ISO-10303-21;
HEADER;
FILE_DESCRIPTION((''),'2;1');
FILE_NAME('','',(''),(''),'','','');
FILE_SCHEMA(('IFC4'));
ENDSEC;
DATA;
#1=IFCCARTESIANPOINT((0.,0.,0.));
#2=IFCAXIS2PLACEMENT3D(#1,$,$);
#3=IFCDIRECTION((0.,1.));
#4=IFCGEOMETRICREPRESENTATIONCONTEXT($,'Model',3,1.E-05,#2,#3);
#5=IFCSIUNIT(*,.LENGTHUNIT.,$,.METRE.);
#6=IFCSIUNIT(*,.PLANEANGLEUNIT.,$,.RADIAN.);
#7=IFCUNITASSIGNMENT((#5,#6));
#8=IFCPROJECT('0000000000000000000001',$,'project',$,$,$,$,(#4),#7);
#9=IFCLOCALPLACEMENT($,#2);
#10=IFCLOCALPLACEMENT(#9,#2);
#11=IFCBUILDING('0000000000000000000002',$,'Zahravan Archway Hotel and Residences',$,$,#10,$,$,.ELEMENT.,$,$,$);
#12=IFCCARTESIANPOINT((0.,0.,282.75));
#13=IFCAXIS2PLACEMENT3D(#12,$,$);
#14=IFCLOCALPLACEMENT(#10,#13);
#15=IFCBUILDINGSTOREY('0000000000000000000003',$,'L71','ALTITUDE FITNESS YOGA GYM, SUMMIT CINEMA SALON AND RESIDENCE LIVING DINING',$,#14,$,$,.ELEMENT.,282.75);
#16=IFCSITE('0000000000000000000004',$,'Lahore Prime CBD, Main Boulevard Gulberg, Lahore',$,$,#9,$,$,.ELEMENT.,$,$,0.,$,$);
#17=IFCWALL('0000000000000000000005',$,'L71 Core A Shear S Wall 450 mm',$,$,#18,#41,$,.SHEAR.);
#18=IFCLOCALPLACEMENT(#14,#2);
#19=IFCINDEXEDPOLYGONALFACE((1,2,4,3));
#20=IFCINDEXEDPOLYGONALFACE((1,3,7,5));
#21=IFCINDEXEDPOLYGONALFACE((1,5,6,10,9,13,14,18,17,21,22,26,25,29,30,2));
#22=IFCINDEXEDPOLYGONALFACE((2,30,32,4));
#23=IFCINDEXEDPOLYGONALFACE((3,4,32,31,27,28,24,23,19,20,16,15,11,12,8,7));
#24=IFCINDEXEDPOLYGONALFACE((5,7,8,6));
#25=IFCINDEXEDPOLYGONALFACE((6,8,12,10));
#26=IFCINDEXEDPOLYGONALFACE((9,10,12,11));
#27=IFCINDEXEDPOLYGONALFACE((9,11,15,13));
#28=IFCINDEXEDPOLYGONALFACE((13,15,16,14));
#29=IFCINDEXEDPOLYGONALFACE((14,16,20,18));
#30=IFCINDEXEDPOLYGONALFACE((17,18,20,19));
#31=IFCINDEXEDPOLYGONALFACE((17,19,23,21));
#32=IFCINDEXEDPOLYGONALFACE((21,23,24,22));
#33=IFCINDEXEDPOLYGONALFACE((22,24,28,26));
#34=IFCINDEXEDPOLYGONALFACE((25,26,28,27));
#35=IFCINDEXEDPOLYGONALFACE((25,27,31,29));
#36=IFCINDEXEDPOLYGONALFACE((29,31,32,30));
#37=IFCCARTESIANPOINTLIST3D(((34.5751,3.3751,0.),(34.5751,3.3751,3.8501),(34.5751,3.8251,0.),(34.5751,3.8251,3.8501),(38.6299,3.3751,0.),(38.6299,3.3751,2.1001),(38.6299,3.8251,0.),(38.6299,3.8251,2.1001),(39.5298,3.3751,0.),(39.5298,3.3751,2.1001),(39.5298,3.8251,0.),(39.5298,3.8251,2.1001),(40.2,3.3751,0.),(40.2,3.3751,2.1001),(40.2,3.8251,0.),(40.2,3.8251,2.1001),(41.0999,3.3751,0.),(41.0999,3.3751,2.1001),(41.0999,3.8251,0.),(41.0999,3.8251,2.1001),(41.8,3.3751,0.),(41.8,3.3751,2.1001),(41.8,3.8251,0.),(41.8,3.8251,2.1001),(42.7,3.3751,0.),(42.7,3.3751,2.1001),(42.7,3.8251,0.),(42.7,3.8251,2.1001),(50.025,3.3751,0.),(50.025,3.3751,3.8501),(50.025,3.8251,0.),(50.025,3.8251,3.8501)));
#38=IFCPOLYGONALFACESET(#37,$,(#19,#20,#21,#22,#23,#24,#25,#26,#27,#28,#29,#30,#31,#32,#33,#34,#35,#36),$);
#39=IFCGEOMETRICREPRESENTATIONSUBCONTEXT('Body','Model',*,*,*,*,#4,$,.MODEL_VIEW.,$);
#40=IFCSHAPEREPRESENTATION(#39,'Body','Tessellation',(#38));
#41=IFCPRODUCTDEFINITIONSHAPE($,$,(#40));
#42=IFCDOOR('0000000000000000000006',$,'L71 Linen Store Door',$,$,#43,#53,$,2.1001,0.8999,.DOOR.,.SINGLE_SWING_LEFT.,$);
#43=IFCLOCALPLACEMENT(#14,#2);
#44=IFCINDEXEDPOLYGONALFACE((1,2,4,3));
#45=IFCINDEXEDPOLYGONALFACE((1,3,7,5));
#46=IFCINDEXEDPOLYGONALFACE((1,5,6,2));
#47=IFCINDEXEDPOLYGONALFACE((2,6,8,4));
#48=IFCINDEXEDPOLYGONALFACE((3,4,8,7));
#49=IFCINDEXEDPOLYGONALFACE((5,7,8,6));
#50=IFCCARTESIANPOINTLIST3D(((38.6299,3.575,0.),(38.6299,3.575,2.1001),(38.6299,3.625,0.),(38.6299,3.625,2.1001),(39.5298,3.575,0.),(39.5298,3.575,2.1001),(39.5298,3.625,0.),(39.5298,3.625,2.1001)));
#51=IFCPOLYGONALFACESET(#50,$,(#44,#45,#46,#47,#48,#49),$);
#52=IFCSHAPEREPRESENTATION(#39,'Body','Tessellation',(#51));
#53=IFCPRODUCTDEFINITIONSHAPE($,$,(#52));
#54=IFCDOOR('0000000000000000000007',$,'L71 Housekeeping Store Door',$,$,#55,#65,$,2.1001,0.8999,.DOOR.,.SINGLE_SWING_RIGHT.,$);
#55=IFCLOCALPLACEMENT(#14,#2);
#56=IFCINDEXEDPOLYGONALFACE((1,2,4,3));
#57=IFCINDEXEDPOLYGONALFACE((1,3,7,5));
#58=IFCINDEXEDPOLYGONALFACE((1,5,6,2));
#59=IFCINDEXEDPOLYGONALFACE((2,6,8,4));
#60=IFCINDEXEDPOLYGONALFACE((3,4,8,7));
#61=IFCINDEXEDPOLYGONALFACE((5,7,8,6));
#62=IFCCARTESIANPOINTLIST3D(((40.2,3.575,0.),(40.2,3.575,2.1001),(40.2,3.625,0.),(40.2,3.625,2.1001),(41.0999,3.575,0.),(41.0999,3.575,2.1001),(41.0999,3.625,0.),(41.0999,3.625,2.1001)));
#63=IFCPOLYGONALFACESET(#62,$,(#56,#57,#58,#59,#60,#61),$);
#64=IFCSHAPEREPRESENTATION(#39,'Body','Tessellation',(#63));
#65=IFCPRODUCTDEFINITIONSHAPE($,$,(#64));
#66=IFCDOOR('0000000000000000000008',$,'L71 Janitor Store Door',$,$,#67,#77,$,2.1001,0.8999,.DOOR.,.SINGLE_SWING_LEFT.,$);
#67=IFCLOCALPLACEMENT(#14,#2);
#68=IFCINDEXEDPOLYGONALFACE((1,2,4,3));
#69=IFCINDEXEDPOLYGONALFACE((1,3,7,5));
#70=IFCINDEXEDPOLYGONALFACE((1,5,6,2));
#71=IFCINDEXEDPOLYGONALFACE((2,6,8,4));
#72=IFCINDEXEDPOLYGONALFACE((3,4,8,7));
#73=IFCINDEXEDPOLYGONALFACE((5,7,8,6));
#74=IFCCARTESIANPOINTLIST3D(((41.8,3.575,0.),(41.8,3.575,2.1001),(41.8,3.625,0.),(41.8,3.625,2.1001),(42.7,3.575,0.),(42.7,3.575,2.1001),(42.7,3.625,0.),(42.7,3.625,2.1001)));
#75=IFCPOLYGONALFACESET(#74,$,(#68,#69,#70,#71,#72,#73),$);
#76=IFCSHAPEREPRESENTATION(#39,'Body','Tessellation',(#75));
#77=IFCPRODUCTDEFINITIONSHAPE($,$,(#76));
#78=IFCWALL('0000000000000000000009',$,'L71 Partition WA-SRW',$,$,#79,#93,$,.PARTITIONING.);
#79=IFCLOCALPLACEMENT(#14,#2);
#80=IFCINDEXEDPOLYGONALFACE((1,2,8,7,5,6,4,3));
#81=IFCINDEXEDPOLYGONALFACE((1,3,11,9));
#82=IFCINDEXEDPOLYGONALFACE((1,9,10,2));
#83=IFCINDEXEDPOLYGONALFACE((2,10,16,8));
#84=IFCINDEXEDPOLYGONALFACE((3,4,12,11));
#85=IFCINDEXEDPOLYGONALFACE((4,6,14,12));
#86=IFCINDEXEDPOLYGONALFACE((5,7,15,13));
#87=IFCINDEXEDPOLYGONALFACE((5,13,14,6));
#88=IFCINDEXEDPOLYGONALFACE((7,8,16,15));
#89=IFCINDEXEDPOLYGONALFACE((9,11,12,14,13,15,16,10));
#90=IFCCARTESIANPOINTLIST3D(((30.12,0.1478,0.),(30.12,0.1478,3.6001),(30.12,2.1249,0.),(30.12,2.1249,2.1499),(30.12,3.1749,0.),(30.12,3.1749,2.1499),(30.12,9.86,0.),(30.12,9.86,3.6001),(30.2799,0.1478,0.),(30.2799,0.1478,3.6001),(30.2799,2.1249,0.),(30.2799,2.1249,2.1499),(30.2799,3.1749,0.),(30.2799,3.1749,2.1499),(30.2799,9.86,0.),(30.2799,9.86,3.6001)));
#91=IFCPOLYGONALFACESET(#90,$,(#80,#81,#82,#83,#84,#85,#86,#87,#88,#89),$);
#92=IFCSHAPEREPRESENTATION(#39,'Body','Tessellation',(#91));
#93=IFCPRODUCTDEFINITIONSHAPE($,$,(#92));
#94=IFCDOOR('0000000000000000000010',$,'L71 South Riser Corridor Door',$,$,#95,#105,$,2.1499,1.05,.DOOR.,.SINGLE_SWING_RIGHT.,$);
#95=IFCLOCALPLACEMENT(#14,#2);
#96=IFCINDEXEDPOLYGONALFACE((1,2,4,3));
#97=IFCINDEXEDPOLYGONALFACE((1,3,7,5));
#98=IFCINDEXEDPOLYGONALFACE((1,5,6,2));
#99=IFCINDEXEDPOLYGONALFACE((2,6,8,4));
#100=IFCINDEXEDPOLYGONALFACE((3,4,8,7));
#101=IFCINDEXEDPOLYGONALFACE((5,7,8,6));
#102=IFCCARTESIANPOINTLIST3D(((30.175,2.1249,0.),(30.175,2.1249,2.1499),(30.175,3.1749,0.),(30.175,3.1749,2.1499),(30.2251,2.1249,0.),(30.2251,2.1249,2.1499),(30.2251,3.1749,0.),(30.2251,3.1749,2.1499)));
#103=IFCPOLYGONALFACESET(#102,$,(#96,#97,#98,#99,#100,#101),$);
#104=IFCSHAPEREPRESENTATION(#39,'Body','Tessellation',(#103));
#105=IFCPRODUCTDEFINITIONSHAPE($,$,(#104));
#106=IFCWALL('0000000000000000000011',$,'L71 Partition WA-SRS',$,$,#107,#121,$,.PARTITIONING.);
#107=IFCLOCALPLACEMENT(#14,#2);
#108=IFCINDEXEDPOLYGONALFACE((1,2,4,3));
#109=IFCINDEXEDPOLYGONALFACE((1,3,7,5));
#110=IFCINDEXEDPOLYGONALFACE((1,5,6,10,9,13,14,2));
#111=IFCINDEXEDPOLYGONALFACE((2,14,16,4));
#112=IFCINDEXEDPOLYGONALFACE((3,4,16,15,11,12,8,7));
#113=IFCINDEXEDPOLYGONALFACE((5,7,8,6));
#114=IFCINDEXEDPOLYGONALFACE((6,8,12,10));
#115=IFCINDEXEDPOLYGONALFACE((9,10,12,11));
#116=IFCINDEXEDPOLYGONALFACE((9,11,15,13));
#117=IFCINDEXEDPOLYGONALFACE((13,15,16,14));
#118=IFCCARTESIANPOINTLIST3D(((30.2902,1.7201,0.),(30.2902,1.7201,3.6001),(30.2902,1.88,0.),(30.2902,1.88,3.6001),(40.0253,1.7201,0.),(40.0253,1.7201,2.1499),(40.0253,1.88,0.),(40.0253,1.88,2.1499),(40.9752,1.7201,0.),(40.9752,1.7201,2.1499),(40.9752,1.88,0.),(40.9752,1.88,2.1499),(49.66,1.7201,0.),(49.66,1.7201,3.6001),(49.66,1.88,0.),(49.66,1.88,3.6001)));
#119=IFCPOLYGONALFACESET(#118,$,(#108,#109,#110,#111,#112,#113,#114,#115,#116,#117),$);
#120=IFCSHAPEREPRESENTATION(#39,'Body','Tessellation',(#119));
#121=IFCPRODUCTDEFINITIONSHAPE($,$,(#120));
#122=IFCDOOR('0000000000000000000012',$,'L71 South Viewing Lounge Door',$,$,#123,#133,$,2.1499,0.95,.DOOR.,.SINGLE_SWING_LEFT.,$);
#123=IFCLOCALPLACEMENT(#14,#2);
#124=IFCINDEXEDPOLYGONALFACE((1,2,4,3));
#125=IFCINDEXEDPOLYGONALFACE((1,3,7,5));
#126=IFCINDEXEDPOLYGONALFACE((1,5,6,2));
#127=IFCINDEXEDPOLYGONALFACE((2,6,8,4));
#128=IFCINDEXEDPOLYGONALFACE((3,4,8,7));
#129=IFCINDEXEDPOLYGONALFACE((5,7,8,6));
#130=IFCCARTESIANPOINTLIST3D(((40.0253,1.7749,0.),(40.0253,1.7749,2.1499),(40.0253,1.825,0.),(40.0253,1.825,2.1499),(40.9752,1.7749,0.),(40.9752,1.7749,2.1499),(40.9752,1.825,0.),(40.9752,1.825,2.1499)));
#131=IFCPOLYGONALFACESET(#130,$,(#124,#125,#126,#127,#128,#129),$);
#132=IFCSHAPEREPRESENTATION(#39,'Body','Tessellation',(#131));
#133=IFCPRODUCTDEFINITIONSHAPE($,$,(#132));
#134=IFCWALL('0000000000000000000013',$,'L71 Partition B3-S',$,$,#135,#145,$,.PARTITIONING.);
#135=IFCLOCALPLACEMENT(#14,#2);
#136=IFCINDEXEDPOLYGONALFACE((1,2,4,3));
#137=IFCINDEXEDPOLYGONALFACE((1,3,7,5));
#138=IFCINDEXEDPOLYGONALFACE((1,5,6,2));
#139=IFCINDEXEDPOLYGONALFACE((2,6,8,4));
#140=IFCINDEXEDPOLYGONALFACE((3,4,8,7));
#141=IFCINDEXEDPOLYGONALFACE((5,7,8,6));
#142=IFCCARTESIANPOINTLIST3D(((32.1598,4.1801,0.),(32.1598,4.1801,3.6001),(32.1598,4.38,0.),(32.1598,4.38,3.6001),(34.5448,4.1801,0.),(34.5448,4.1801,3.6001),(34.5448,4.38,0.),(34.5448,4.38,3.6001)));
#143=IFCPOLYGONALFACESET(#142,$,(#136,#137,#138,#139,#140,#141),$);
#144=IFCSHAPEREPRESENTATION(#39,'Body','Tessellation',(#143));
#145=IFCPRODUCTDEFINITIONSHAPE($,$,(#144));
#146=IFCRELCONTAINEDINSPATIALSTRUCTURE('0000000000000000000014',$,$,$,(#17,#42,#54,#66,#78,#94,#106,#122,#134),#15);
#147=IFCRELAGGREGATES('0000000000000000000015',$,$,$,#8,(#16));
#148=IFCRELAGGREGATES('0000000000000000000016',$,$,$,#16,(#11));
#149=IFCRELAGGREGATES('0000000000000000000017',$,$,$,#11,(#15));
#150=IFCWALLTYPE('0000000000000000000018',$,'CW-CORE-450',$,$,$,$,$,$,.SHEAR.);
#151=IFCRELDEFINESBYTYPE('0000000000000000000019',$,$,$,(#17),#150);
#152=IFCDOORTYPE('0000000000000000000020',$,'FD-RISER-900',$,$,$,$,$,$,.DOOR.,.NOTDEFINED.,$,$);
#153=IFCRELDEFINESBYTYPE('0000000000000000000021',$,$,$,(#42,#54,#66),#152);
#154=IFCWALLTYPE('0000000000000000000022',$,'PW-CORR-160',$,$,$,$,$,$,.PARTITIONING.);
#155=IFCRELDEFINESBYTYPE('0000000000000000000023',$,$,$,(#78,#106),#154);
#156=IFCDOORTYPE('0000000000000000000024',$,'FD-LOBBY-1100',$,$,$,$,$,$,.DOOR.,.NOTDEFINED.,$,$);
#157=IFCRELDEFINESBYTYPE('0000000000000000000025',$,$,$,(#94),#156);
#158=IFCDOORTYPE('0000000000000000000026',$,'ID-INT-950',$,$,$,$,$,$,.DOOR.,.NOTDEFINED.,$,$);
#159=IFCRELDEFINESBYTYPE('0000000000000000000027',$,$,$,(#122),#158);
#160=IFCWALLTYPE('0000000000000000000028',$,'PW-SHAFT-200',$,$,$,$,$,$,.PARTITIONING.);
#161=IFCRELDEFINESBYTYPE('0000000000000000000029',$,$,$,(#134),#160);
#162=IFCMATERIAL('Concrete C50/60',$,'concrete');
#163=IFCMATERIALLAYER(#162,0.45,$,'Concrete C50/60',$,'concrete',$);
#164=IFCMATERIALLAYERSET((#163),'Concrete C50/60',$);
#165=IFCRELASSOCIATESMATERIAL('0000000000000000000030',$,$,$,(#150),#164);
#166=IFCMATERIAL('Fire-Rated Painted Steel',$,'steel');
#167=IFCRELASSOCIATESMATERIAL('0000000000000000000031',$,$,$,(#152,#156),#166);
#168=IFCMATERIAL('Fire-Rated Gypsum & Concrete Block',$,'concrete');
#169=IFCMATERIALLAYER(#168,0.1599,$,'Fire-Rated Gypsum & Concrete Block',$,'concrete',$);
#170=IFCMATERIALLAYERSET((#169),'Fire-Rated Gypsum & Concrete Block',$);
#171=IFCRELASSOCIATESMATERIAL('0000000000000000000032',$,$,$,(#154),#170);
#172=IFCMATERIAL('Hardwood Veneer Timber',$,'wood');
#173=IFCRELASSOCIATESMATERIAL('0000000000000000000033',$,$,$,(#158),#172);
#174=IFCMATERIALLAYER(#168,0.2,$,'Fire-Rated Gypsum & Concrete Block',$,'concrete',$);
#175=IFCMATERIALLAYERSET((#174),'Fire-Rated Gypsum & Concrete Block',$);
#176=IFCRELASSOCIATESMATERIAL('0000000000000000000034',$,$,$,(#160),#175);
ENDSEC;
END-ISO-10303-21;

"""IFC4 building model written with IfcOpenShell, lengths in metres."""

from ifc_helpers import new_model, si_unit, direction, frame, frame_2d, origin, place, context, subcontext, project, spatial, rectangle, extrude, source, transform, mapped, material, layer, layer_set, type_object, type_shapes, element, fill, save


model = new_model("IFC4")

# Units and contexts
model_context = context("Model", 3, precision=1e-05, world=origin(), true_north=direction((0.0, 1.0)))
body_context = subcontext(model_context, "Body", "Model", "MODEL_VIEW")
ifc_project = project(units=[si_unit("LENGTHUNIT", "METRE"), si_unit("PLANEANGLEUNIT", "RADIAN")], contexts=[model_context])

# Site, building, storey
site_placement = place(None, origin())
site = spatial("IfcSite", under=ifc_project, at=site_placement, Name="Lahore Prime CBD, Main Boulevard Gulberg, Lahore", CompositionType="ELEMENT", RefElevation=0.0)
building_placement = place(site_placement, origin())
building = spatial("IfcBuilding", under=site, at=building_placement, Name="Zahravan Archway Hotel and Residences", CompositionType="ELEMENT")
storey_placement = place(building_placement, frame((0.0, 0.0, 282.75)))
storey = spatial("IfcBuildingStorey", under=building, at=storey_placement, Name="L71", Description="ALTITUDE FITNESS YOGA GYM, SUMMIT CINEMA SALON AND RESIDENCE LIVING DINING", CompositionType="ELEMENT", Elevation=282.75)

# Shared definitions
ifc_material_1 = material(Name="Concrete C50/60", Category="concrete")

# Wall, openings, doors
ifc_layer_1 = layer(ifc_material_1, 0.45, Name="Concrete C50/60", Category="concrete")
ifc_layer_set_1 = layer_set([ifc_layer_1], Name="Concrete C50/60")
wall_type_1 = type_object("IfcWallType", Name="CW-CORE-450", PredefinedType="SHEAR", material=ifc_layer_set_1)
wall_1_placement = place(storey_placement, frame((34.575, 3.6001, 0.0), z_axis=(0.0, 0.0, 1.0), x_axis=(1.0, 0.0, 0.0)))
wall_1 = element("IfcWall", 1, at=wall_1_placement, inside=storey, type_object=wall_type_1, Name="L71 Core A Shear S Wall 450 mm", PredefinedType="SHEAR", context=body_context, shape_type="SweptSolid", body=[
    extrude(rectangle(XDim=15.45, YDim=0.45, at=frame_2d((7.7251, 0.0))), origin(), (0.0, 0.0, 1.0), 3.8501),
])
opening_1_placement = place(wall_1_placement, frame((4.0549, 0.0, 0.0)))
opening_1 = element("IfcOpeningElement", 2, at=opening_1_placement, cuts=wall_1, PredefinedType="OPENING", context=body_context, shape_type="SweptSolid", body=[
    extrude(rectangle(XDim=0.8999, YDim=2.1001, at=frame_2d((0.45, 1.05))), frame((0.0, 0.2349, 0.0), z_axis=(0.0, -1.0, 0.0), x_axis=(1.0, 0.0, 0.0)), (0.0, 0.0, 1.0), 0.47),
])
opening_2_placement = place(wall_1_placement, frame((5.625, 0.0, 0.0)))
opening_2 = element("IfcOpeningElement", 3, at=opening_2_placement, cuts=wall_1, PredefinedType="OPENING", context=body_context, shape_type="SweptSolid", body=[
    extrude(rectangle(XDim=0.8999, YDim=2.1001, at=frame_2d((0.45, 1.05))), frame((0.0, 0.2349, 0.0), z_axis=(0.0, -1.0, 0.0), x_axis=(1.0, 0.0, 0.0)), (0.0, 0.0, 1.0), 0.47),
])
opening_3_placement = place(wall_1_placement, frame((7.2251, 0.0, 0.0)))
opening_3 = element("IfcOpeningElement", 4, at=opening_3_placement, cuts=wall_1, PredefinedType="OPENING", context=body_context, shape_type="SweptSolid", body=[
    extrude(rectangle(XDim=0.8999, YDim=2.1001, at=frame_2d((0.45, 1.05))), frame((0.0, 0.2349, 0.0), z_axis=(0.0, -1.0, 0.0), x_axis=(1.0, 0.0, 0.0)), (0.0, 0.0, 1.0), 0.47),
])
ifc_material_2 = material(Name="Fire-Rated Painted Steel", Category="steel")
door_type_1 = type_object("IfcDoorType", Name="FD-RISER-900", OperationType="NOTDEFINED", PredefinedType="DOOR", material=ifc_material_2)
shared_shape_1 = source(origin(), body_context, "Body", "SweptSolid", [
    extrude(rectangle(XDim=0.8999, YDim=2.1001, at=frame_2d((0.45, 1.05))), frame((0.0, 0.0249, 0.0), z_axis=(0.0, -1.0, 0.0), x_axis=(1.0, 0.0, 0.0)), (0.0, 0.0, 1.0), 0.05),
])
type_shapes(door_type_1, [shared_shape_1])
door_1_placement = place(opening_1_placement, origin())
door_1 = element("IfcDoor", 5, at=door_1_placement, inside=storey, type_object=door_type_1, Name="L71 Linen Store Door", OperationType="SINGLE_SWING_LEFT", OverallHeight=2.1001, OverallWidth=0.8999, PredefinedType="DOOR", context=body_context, shape_type="MappedRepresentation", body=[
    mapped(shared_shape_1, transform((0.0, 0.0, 0.0), scale=1.0)),
])
fill(opening_1, door_1)
door_2_placement = place(opening_2_placement, origin())
door_2 = element("IfcDoor", 6, at=door_2_placement, inside=storey, type_object=door_type_1, Name="L71 Housekeeping Store Door", OperationType="SINGLE_SWING_RIGHT", OverallHeight=2.1001, OverallWidth=0.8999, PredefinedType="DOOR", context=body_context, shape_type="MappedRepresentation", body=[
    mapped(shared_shape_1, transform((0.0, 0.0, 0.0), scale=1.0)),
])
fill(opening_2, door_2)
door_3_placement = place(opening_3_placement, origin())
door_3 = element("IfcDoor", 7, at=door_3_placement, inside=storey, type_object=door_type_1, Name="L71 Janitor Store Door", OperationType="SINGLE_SWING_LEFT", OverallHeight=2.1001, OverallWidth=0.8999, PredefinedType="DOOR", context=body_context, shape_type="MappedRepresentation", body=[
    mapped(shared_shape_1, transform((0.0, 0.0, 0.0), scale=1.0)),
])
fill(opening_3, door_3)

# Walls, openings, doors
ifc_material_3 = material(Name="Fire-Rated Gypsum & Concrete Block", Category="concrete")
ifc_layer_2 = layer(ifc_material_3, 0.1599, Name="Fire-Rated Gypsum & Concrete Block", Category="concrete")
ifc_layer_set_2 = layer_set([ifc_layer_2], Name="Fire-Rated Gypsum & Concrete Block")
wall_type_2 = type_object("IfcWallType", Name="PW-CORR-160", PredefinedType="PARTITIONING", material=ifc_layer_set_2)
wall_2_placement = place(storey_placement, frame((30.2, 0.1479, 0.0), z_axis=(0.0, 0.0, 1.0), x_axis=(0.0, 1.0, 0.0)))
wall_2 = element("IfcWall", 8, at=wall_2_placement, inside=storey, type_object=wall_type_2, Name="L71 Partition WA-SRW", PredefinedType="PARTITIONING", context=body_context, shape_type="SweptSolid", body=[
    extrude(rectangle(XDim=9.7122, YDim=0.1599, at=frame_2d((4.856, 0.0))), origin(), (0.0, 0.0, 1.0), 3.6001),
])
opening_4_placement = place(wall_2_placement, frame((1.9771, 0.0, 0.0)))
opening_4 = element("IfcOpeningElement", 9, at=opening_4_placement, cuts=wall_2, PredefinedType="OPENING", context=body_context, shape_type="SweptSolid", body=[
    extrude(rectangle(XDim=1.05, YDim=2.1499, at=frame_2d((0.5249, 1.075))), frame((0.0, 0.0898, 0.0), z_axis=(0.0, -1.0, 0.0), x_axis=(1.0, 0.0, 0.0)), (0.0, 0.0, 1.0), 0.1799),
])
door_type_2 = type_object("IfcDoorType", Name="FD-LOBBY-1100", OperationType="NOTDEFINED", PredefinedType="DOOR", material=ifc_material_2)
shared_shape_2 = source(origin(), body_context, "Body", "SweptSolid", [
    extrude(rectangle(XDim=1.05, YDim=2.1499, at=frame_2d((0.5249, 1.075))), frame((0.0, 0.0249, 0.0), z_axis=(0.0, -1.0, 0.0), x_axis=(1.0, 0.0, 0.0)), (0.0, 0.0, 1.0), 0.05),
])
type_shapes(door_type_2, [shared_shape_2])
door_4_placement = place(opening_4_placement, origin())
door_4 = element("IfcDoor", 10, at=door_4_placement, inside=storey, type_object=door_type_2, Name="L71 South Riser Corridor Door", OperationType="SINGLE_SWING_RIGHT", OverallHeight=2.1499, OverallWidth=1.05, PredefinedType="DOOR", context=body_context, shape_type="MappedRepresentation", body=[
    mapped(shared_shape_2, transform((0.0, 0.0, 0.0), scale=1.0)),
])
fill(opening_4, door_4)
wall_3_placement = place(storey_placement, frame((30.29, 1.8, 0.0), z_axis=(0.0, 0.0, 1.0), x_axis=(1.0, 0.0, 0.0)))
wall_3 = element("IfcWall", 11, at=wall_3_placement, inside=storey, type_object=wall_type_2, Name="L71 Partition WA-SRS", PredefinedType="PARTITIONING", context=body_context, shape_type="SweptSolid", body=[
    extrude(rectangle(XDim=19.3699, YDim=0.1599, at=frame_2d((9.6851, 0.0))), origin(), (0.0, 0.0, 1.0), 3.6001),
])
opening_5_placement = place(wall_3_placement, frame((9.7351, 0.0, 0.0)))
opening_5 = element("IfcOpeningElement", 12, at=opening_5_placement, cuts=wall_3, PredefinedType="OPENING", context=body_context, shape_type="SweptSolid", body=[
    extrude(rectangle(XDim=0.95, YDim=2.1499, at=frame_2d((0.4751, 1.075))), frame((0.0, 0.0898, 0.0), z_axis=(0.0, -1.0, 0.0), x_axis=(1.0, 0.0, 0.0)), (0.0, 0.0, 1.0), 0.1799),
])
ifc_material_4 = material(Name="Hardwood Veneer Timber", Category="wood")
door_type_3 = type_object("IfcDoorType", Name="ID-INT-950", OperationType="NOTDEFINED", PredefinedType="DOOR", material=ifc_material_4)
shared_shape_3 = source(origin(), body_context, "Body", "SweptSolid", [
    extrude(rectangle(XDim=0.95, YDim=2.1499, at=frame_2d((0.4751, 1.075))), frame((0.0, 0.0249, 0.0), z_axis=(0.0, -1.0, 0.0), x_axis=(1.0, 0.0, 0.0)), (0.0, 0.0, 1.0), 0.05),
])
type_shapes(door_type_3, [shared_shape_3])
door_5_placement = place(opening_5_placement, origin())
door_5 = element("IfcDoor", 13, at=door_5_placement, inside=storey, type_object=door_type_3, Name="L71 South Viewing Lounge Door", OperationType="SINGLE_SWING_LEFT", OverallHeight=2.1499, OverallWidth=0.95, PredefinedType="DOOR", context=body_context, shape_type="MappedRepresentation", body=[
    mapped(shared_shape_3, transform((0.0, 0.0, 0.0), scale=1.0)),
])
fill(opening_5, door_5)

# Wall
ifc_layer_3 = layer(ifc_material_3, 0.2, Name="Fire-Rated Gypsum & Concrete Block", Category="concrete")
ifc_layer_set_3 = layer_set([ifc_layer_3], Name="Fire-Rated Gypsum & Concrete Block")
wall_type_3 = type_object("IfcWallType", Name="PW-SHAFT-200", PredefinedType="PARTITIONING", material=ifc_layer_set_3)
wall_4_placement = place(storey_placement, frame((32.1599, 4.28, 0.0), z_axis=(0.0, 0.0, 1.0), x_axis=(1.0, 0.0, 0.0)))
element("IfcWall", 14, at=wall_4_placement, inside=storey, type_object=wall_type_3, Name="L71 Partition B3-S", PredefinedType="PARTITIONING", context=body_context, shape_type="SweptSolid", body=[
    extrude(rectangle(XDim=2.385, YDim=0.2, at=frame_2d((1.1924, 0.0))), origin(), (0.0, 0.0, 1.0), 3.6001),
])

save(model, "model.ifc")
